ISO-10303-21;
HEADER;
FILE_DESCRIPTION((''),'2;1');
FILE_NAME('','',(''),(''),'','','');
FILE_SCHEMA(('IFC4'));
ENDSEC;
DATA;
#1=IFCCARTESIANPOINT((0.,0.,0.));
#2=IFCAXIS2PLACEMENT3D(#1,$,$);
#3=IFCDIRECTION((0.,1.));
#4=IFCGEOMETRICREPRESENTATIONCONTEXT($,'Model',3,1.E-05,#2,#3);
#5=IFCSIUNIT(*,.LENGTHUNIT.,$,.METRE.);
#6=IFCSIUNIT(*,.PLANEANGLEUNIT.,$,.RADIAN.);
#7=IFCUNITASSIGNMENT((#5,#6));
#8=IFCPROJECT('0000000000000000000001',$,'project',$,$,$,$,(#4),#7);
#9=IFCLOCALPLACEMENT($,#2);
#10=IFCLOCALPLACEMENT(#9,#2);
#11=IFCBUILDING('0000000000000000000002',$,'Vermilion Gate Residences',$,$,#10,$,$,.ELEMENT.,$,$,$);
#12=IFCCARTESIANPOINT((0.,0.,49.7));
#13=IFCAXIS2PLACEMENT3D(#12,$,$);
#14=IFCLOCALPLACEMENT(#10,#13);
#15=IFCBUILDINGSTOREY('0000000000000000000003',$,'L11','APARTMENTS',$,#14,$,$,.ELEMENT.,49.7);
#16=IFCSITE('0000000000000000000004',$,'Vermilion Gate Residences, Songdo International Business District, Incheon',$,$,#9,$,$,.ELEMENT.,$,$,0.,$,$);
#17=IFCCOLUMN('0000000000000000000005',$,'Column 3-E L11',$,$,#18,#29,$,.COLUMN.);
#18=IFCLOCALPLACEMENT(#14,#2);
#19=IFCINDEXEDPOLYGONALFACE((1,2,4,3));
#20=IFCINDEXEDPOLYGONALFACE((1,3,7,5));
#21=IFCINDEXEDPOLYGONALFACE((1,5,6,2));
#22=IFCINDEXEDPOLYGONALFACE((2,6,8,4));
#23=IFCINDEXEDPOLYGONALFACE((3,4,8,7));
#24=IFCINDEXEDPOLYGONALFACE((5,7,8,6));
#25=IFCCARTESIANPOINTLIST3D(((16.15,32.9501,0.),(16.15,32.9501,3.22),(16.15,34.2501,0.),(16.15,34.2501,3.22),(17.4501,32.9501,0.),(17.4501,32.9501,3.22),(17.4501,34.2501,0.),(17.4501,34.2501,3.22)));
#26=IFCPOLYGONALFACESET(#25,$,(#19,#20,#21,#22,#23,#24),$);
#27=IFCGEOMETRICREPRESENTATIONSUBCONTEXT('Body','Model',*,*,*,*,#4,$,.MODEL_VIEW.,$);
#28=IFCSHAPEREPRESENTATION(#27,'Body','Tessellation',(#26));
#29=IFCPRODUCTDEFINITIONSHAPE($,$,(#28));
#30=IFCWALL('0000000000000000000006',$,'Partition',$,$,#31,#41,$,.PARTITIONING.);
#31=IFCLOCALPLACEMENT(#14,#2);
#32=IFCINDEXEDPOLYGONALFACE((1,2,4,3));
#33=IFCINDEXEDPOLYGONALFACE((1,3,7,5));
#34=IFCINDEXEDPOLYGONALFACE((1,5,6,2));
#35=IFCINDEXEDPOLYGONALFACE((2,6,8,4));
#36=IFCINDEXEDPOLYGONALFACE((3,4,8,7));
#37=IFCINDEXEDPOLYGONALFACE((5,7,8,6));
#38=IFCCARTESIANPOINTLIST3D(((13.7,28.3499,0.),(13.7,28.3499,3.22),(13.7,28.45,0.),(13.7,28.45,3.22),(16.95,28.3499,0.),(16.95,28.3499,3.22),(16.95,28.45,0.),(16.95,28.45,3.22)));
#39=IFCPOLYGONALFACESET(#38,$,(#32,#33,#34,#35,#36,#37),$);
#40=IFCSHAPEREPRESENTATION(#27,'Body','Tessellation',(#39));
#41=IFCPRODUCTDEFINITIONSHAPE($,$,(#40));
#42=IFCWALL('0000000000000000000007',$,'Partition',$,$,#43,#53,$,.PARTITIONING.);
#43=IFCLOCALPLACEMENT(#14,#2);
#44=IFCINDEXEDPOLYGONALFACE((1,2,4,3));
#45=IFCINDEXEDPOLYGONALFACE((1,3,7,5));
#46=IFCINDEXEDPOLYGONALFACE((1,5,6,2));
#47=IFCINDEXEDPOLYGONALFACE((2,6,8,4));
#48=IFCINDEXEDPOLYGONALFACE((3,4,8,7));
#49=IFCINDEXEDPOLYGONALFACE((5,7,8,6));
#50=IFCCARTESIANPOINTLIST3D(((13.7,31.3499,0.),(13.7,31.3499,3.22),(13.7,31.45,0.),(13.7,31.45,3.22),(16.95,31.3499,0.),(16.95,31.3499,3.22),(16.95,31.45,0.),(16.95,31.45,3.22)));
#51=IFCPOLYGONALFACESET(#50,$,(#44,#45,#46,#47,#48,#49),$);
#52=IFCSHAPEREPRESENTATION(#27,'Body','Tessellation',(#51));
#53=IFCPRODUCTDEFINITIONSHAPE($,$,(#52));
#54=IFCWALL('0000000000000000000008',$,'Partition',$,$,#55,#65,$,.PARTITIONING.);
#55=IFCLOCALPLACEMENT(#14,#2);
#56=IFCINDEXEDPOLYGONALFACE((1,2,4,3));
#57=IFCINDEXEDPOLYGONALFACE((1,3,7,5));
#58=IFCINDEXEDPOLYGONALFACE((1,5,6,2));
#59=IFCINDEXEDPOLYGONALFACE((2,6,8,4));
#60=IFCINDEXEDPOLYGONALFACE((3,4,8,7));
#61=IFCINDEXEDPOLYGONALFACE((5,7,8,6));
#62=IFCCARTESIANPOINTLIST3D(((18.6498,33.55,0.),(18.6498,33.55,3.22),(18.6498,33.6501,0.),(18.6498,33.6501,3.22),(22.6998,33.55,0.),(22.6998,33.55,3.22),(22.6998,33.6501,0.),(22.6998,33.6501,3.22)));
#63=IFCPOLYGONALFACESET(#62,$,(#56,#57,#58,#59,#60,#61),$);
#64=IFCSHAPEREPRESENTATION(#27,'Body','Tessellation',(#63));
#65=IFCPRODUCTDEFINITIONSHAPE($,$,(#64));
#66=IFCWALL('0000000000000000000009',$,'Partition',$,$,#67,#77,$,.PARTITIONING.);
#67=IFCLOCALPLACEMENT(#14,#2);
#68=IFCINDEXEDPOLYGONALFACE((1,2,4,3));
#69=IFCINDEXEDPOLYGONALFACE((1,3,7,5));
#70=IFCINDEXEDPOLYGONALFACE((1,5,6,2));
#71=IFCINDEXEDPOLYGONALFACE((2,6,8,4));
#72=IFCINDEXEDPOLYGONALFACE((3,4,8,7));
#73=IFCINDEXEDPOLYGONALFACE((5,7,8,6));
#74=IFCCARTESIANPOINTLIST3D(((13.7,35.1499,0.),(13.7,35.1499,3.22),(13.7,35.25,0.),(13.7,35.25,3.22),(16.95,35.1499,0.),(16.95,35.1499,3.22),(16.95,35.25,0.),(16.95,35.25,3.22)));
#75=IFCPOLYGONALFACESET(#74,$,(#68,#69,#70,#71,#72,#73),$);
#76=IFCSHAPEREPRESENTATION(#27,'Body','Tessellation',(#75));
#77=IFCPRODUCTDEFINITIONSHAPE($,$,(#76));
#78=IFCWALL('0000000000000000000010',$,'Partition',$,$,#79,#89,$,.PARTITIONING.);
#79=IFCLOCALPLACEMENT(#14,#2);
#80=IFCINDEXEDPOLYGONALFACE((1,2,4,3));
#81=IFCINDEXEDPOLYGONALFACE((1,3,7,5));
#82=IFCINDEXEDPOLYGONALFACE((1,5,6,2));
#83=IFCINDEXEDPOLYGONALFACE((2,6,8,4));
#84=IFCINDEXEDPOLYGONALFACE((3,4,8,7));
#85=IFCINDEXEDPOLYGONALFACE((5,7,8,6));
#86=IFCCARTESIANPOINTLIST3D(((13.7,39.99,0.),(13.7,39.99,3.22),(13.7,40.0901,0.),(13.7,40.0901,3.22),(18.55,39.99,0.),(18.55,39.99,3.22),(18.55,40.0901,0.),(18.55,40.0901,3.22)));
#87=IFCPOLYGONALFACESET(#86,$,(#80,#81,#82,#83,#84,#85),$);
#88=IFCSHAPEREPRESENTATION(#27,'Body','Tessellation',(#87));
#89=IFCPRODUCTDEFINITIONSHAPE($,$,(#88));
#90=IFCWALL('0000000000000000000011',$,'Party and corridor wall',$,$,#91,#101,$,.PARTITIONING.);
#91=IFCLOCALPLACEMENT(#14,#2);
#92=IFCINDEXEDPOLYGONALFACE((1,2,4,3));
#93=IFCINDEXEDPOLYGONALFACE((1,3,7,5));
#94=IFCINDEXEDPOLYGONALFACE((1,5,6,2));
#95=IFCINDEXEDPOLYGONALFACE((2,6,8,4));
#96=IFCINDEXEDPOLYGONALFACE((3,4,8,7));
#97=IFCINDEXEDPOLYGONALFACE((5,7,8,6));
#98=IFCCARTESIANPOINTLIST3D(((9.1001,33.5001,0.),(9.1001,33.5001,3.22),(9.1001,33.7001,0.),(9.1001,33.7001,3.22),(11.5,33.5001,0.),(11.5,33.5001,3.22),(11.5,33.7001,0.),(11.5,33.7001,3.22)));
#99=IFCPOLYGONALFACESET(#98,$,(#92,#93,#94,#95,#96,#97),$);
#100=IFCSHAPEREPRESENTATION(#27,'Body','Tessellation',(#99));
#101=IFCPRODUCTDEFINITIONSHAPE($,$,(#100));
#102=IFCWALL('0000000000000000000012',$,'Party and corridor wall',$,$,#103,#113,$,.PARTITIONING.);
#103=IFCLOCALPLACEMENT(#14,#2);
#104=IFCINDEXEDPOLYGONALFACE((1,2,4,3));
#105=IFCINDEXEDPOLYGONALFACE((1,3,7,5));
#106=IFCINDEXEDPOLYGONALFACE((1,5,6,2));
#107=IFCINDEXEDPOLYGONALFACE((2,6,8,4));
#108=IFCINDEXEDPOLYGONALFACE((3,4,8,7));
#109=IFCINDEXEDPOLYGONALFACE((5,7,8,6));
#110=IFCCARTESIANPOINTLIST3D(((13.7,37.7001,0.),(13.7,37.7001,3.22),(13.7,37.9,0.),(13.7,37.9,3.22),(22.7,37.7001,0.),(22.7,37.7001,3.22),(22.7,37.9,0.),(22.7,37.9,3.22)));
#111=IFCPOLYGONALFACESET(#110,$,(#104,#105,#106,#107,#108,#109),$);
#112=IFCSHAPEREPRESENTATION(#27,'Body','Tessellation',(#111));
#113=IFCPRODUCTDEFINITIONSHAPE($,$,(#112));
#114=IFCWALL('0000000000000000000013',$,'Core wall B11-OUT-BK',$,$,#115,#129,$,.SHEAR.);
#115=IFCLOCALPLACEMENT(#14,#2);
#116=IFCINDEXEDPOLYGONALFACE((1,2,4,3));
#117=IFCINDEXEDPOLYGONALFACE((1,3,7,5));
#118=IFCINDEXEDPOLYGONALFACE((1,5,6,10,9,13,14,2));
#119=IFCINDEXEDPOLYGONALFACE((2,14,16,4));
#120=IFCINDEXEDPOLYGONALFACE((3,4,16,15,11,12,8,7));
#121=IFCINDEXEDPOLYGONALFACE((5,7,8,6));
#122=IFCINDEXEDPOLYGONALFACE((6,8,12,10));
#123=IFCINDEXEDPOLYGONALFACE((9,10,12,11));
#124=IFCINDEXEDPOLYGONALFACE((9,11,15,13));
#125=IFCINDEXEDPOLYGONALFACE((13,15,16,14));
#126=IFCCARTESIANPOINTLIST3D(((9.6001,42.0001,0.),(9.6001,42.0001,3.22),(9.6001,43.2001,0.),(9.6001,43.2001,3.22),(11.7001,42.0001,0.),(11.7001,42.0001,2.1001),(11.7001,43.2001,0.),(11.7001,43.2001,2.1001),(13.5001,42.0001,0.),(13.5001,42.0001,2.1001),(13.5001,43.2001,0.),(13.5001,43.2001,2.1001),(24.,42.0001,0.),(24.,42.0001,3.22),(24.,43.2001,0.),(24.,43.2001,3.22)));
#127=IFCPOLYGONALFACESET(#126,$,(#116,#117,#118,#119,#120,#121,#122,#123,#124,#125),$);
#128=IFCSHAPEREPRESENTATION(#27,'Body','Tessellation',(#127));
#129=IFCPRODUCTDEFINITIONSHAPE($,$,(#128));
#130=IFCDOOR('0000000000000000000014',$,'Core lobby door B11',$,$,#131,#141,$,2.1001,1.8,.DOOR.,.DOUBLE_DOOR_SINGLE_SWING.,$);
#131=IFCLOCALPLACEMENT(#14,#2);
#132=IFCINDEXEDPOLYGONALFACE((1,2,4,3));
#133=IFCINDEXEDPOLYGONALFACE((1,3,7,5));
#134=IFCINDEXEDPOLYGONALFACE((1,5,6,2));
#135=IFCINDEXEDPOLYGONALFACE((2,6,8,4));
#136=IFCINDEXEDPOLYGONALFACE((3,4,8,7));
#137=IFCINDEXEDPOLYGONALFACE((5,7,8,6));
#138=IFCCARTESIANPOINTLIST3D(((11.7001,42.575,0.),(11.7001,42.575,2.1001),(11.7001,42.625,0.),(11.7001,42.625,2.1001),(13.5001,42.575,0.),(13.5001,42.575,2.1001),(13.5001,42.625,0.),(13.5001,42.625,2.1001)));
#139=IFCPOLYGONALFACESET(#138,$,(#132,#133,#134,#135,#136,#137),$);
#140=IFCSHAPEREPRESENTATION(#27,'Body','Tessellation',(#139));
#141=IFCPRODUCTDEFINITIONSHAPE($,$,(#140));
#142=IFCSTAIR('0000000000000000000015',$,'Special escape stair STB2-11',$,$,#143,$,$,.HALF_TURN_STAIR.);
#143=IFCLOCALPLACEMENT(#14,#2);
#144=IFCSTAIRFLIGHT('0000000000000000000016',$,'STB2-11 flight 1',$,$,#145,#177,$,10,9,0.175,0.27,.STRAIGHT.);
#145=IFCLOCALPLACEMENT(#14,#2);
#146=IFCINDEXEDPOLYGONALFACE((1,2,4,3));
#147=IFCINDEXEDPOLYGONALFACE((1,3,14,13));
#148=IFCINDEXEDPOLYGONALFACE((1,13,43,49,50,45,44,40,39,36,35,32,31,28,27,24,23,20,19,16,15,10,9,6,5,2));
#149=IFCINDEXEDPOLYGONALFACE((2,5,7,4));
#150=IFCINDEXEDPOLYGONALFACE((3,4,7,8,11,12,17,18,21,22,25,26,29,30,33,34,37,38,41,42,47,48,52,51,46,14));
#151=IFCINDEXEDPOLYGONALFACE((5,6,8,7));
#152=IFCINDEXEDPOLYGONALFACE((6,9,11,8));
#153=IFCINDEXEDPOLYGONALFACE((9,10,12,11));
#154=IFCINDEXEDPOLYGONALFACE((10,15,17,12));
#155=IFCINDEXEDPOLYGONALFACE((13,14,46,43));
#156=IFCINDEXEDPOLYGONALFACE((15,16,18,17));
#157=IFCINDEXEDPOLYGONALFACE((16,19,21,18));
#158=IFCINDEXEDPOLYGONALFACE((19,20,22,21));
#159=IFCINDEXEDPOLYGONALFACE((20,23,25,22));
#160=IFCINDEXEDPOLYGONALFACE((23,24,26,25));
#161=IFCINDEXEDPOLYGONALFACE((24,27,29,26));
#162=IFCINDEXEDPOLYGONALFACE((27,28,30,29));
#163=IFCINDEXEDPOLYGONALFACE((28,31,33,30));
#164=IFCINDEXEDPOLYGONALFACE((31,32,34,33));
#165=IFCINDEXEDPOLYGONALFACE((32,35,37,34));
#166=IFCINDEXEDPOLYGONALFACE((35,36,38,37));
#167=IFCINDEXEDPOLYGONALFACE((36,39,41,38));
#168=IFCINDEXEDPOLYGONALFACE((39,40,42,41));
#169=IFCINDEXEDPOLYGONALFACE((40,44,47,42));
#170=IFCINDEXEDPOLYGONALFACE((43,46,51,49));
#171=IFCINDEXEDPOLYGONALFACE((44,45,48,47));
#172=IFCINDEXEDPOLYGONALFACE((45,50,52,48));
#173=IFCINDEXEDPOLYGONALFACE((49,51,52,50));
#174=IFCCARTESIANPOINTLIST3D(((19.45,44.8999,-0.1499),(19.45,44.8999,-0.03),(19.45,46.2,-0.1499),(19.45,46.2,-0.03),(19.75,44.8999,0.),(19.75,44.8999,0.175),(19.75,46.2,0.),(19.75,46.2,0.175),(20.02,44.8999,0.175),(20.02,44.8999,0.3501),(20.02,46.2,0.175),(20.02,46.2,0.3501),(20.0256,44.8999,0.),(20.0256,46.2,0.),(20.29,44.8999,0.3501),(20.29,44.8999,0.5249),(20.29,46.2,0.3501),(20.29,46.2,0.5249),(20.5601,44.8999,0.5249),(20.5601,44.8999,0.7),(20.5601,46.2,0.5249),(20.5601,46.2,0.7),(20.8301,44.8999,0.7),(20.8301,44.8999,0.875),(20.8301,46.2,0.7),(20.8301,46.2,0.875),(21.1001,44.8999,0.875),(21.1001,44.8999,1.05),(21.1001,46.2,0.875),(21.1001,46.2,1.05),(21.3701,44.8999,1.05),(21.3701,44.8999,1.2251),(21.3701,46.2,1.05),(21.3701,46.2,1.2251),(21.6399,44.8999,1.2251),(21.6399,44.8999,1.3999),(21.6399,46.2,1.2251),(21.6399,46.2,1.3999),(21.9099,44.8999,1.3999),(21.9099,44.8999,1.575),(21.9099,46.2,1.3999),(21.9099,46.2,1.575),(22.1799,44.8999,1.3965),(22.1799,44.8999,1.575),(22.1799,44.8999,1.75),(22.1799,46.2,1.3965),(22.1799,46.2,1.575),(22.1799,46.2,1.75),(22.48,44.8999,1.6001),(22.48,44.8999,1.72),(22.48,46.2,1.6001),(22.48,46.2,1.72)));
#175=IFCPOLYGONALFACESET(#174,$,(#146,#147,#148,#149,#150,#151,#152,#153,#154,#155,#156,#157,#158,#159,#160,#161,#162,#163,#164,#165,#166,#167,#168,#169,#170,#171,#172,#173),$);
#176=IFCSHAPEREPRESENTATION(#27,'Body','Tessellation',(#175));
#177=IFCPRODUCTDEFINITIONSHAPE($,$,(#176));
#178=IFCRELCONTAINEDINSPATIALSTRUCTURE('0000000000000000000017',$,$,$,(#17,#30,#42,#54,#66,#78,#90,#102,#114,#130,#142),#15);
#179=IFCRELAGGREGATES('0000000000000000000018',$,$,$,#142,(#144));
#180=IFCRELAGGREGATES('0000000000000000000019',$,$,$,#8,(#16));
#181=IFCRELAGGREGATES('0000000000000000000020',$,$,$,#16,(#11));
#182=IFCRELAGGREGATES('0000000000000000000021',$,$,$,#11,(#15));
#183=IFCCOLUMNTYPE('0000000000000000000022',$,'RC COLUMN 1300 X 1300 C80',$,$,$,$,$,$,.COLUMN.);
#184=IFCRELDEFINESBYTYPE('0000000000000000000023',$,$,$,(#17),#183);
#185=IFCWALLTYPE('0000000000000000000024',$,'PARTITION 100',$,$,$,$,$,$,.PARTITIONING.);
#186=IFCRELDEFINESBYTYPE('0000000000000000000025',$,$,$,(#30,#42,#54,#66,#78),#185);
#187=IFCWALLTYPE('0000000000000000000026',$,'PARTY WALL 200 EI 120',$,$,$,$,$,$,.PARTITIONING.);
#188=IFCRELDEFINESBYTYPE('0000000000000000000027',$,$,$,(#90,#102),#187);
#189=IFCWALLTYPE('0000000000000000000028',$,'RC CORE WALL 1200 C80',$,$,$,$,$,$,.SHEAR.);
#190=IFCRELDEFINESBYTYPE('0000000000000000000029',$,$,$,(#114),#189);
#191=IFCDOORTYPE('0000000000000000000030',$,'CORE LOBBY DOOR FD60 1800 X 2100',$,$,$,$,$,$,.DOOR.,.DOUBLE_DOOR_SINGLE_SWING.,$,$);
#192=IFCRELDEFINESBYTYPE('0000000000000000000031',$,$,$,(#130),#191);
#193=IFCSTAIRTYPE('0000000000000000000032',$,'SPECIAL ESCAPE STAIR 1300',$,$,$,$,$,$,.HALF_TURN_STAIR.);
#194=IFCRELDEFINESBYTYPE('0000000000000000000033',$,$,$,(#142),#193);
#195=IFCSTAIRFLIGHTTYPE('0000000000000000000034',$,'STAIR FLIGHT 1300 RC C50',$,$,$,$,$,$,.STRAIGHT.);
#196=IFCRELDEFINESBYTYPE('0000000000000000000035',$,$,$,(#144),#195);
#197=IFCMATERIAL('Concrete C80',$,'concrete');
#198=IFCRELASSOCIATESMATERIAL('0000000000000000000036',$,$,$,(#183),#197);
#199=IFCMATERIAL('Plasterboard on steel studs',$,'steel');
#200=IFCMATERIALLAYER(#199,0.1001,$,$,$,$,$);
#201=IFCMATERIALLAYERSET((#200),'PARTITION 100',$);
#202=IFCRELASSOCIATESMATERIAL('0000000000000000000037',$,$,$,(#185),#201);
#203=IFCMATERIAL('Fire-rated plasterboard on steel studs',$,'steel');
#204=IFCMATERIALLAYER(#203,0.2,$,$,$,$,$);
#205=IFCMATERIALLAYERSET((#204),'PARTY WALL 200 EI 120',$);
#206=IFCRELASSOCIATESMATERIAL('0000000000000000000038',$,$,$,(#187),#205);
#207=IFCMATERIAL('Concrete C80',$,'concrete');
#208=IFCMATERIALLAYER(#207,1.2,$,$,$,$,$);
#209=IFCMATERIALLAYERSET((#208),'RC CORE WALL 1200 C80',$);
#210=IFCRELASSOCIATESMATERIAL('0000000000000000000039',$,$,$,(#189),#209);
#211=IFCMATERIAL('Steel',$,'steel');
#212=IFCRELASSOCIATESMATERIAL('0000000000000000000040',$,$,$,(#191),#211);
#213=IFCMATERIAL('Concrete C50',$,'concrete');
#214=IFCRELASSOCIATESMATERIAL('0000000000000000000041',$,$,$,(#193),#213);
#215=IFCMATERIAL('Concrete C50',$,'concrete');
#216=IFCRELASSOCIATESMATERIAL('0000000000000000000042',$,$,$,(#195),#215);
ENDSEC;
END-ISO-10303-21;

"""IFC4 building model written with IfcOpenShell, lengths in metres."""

from ifc_helpers import new_model, si_unit, direction, frame, frame_2d, origin, origin_2d, place, context, subcontext, project, spatial, polyline, rectangle, outline, extrude, material, layer, layer_set, material_profile, profile_set, type_object, element, fill, aggregate, save


model = new_model("IFC4")

# Units and contexts
model_context = context("Model", 3, precision=1e-05, world=origin(), true_north=direction((0.0, 1.0)))
body_context = subcontext(model_context, "Body", "Model", "MODEL_VIEW")
ifc_project = project(units=[si_unit("LENGTHUNIT", "METRE"), si_unit("PLANEANGLEUNIT", "RADIAN")], contexts=[model_context])

# Site, building, storey
site_placement = place(None, origin())
site = spatial("IfcSite", under=ifc_project, at=site_placement, Name="Vermilion Gate Residences, Songdo International Business District, Incheon", CompositionType="ELEMENT", RefElevation=0.0)
building_placement = place(site_placement, origin())
building = spatial("IfcBuilding", under=site, at=building_placement, Name="Vermilion Gate Residences", CompositionType="ELEMENT")
storey_placement = place(building_placement, frame((0.0, 0.0, 49.7)))
storey = spatial("IfcBuildingStorey", under=building, at=storey_placement, Name="L11", Description="APARTMENTS", CompositionType="ELEMENT", Elevation=49.7)

# Column
ifc_material_1 = material(Name="Concrete C80", Category="concrete")
ifc_material_profile = material_profile(ifc_material_1, rectangle(XDim=1.3, YDim=1.3, at=origin_2d()), Name="RC-1300x1300")
ifc_profile_set = profile_set([ifc_material_profile], Name="Concrete C80")
column_type = type_object("IfcColumnType", Name="RC COLUMN 1300 X 1300 C80", PredefinedType="COLUMN", material=ifc_profile_set)
column_placement = place(storey_placement, frame((16.8, 33.6001, 0.0), z_axis=(0.0, 0.0, 1.0), x_axis=(1.0, 0.0, 0.0)))
element("IfcColumn", 1, at=column_placement, inside=storey, type_object=column_type, Name="Column 3-E L11", PredefinedType="COLUMN", context=body_context, shape_type="SweptSolid", body=[
    extrude(rectangle(XDim=1.3, YDim=1.3, at=origin_2d()), origin(), (0.0, 0.0, 1.0), 3.22),
])

# Walls
ifc_material_2 = material(Name="Plasterboard on steel studs", Category="steel")
ifc_layer_1 = layer(ifc_material_2, 0.1001)
ifc_layer_set_1 = layer_set([ifc_layer_1], Name="PARTITION 100")
wall_type_1 = type_object("IfcWallType", Name="PARTITION 100", PredefinedType="PARTITIONING", material=ifc_layer_set_1)
for number, where, z_axis, x_axis, name in (
    (2, (13.7, 28.3999, 0.0), (0.0, 0.0, 1.0), (1.0, 0.0, 0.0), "Partition"),
    (3, (13.7, 31.3999, 0.0), (0.0, 0.0, 1.0), (1.0, 0.0, 0.0), "Partition"),
):
    element("IfcWall", number, at=place(storey_placement, frame(where, z_axis=z_axis, x_axis=x_axis)), inside=storey, type_object=wall_type_1, Name=name, PredefinedType="PARTITIONING", context=body_context, shape_type="SweptSolid", body=[
        extrude(rectangle(XDim=3.25, YDim=0.1001, at=frame_2d((1.625, 0.0))), origin(), (0.0, 0.0, 1.0), 3.22),
    ])
wall_1_placement = place(storey_placement, frame((18.6499, 33.6001, 0.0), z_axis=(0.0, 0.0, 1.0), x_axis=(1.0, 0.0, 0.0)))
element("IfcWall", 4, at=wall_1_placement, inside=storey, type_object=wall_type_1, Name="Partition", PredefinedType="PARTITIONING", context=body_context, shape_type="SweptSolid", body=[
    extrude(rectangle(XDim=4.05, YDim=0.1001, at=frame_2d((2.0249, 0.0))), origin(), (0.0, 0.0, 1.0), 3.22),
])
wall_2_placement = place(storey_placement, frame((13.7, 35.2, 0.0), z_axis=(0.0, 0.0, 1.0), x_axis=(1.0, 0.0, 0.0)))
element("IfcWall", 5, at=wall_2_placement, inside=storey, type_object=wall_type_1, Name="Partition", PredefinedType="PARTITIONING", context=body_context, shape_type="SweptSolid", body=[
    extrude(rectangle(XDim=3.25, YDim=0.1001, at=frame_2d((1.625, 0.0))), origin(), (0.0, 0.0, 1.0), 3.22),
])
wall_3_placement = place(storey_placement, frame((13.7, 40.04, 0.0), z_axis=(0.0, 0.0, 1.0), x_axis=(1.0, 0.0, 0.0)))
element("IfcWall", 6, at=wall_3_placement, inside=storey, type_object=wall_type_1, Name="Partition", PredefinedType="PARTITIONING", context=body_context, shape_type="SweptSolid", body=[
    extrude(rectangle(XDim=4.8501, YDim=0.1001, at=frame_2d((2.425, 0.0))), origin(), (0.0, 0.0, 1.0), 3.22),
])
ifc_material_3 = material(Name="Fire-rated plasterboard on steel studs", Category="steel")
ifc_layer_2 = layer(ifc_material_3, 0.2)
ifc_layer_set_2 = layer_set([ifc_layer_2], Name="PARTY WALL 200 EI 120")
wall_type_2 = type_object("IfcWallType", Name="PARTY WALL 200 EI 120", PredefinedType="PARTITIONING", material=ifc_layer_set_2)
wall_4_placement = place(storey_placement, frame((9.1001, 33.6001, 0.0), z_axis=(0.0, 0.0, 1.0), x_axis=(1.0, 0.0, 0.0)))
element("IfcWall", 7, at=wall_4_placement, inside=storey, type_object=wall_type_2, Name="Party and corridor wall", PredefinedType="PARTITIONING", context=body_context, shape_type="SweptSolid", body=[
    extrude(rectangle(XDim=2.3999, YDim=0.2, at=frame_2d((1.2, 0.0))), origin(), (0.0, 0.0, 1.0), 3.22),
])
wall_5_placement = place(storey_placement, frame((13.7, 37.8, 0.0), z_axis=(0.0, 0.0, 1.0), x_axis=(1.0, 0.0, 0.0)))
element("IfcWall", 8, at=wall_5_placement, inside=storey, type_object=wall_type_2, Name="Party and corridor wall", PredefinedType="PARTITIONING", context=body_context, shape_type="SweptSolid", body=[
    extrude(rectangle(XDim=9.0, YDim=0.2, at=frame_2d((4.5, 0.0))), origin(), (0.0, 0.0, 1.0), 3.22),
])

# Wall, opening, door
ifc_material_4 = material(Name="Concrete C80", Category="concrete")
ifc_layer_3 = layer(ifc_material_4, 1.2)
ifc_layer_set_3 = layer_set([ifc_layer_3], Name="RC CORE WALL 1200 C80")
wall_type_3 = type_object("IfcWallType", Name="RC CORE WALL 1200 C80", PredefinedType="SHEAR", material=ifc_layer_set_3)
wall_6_placement = place(storey_placement, frame((9.6001, 42.6001, 0.0), z_axis=(0.0, 0.0, 1.0), x_axis=(1.0, 0.0, 0.0)))
wall_6 = element("IfcWall", 9, at=wall_6_placement, inside=storey, type_object=wall_type_3, Name="Core wall B11-OUT-BK", PredefinedType="SHEAR", context=body_context, shape_type="SweptSolid", body=[
    extrude(rectangle(XDim=14.3999, YDim=1.2, at=frame_2d((7.2, 0.0))), origin(), (0.0, 0.0, 1.0), 3.22),
])
opening_placement = place(wall_6_placement, frame((2.1001, 0.0, 0.0)))
opening = element("IfcOpeningElement", 10, at=opening_placement, cuts=wall_6, PredefinedType="OPENING", context=body_context, shape_type="SweptSolid", body=[
    extrude(rectangle(XDim=1.8, YDim=2.1001, at=frame_2d((0.8999, 1.05))), frame((0.0, 0.6099, 0.0), z_axis=(0.0, -1.0, 0.0), x_axis=(1.0, 0.0, 0.0)), (0.0, 0.0, 1.0), 1.22),
])
ifc_material_5 = material(Name="Steel", Category="steel")
door_type = type_object("IfcDoorType", Name="CORE LOBBY DOOR FD60 1800 X 2100", OperationType="DOUBLE_DOOR_SINGLE_SWING", PredefinedType="DOOR", material=ifc_material_5)
door_placement = place(opening_placement, origin())
door = element("IfcDoor", 11, at=door_placement, inside=storey, type_object=door_type, Name="Core lobby door B11", OperationType="DOUBLE_DOOR_SINGLE_SWING", OverallHeight=2.1001, OverallWidth=1.8, PredefinedType="DOOR", context=body_context, shape_type="SweptSolid", body=[
    extrude(rectangle(XDim=1.8, YDim=2.1001, at=frame_2d((0.8999, 1.05))), frame((0.0, 0.0249, 0.0), z_axis=(0.0, -1.0, 0.0), x_axis=(1.0, 0.0, 0.0)), (0.0, 0.0, 1.0), 0.05),
])
fill(opening, door)

# Stair, stair flight
ifc_material_6 = material(Name="Concrete C50", Category="concrete")
stair_type = type_object("IfcStairType", Name="SPECIAL ESCAPE STAIR 1300", PredefinedType="HALF_TURN_STAIR", material=ifc_material_6)
stair_placement = place(storey_placement, origin())
stair = element("IfcStair", 12, at=stair_placement, inside=storey, type_object=stair_type, Name="Special escape stair STB2-11", PredefinedType="HALF_TURN_STAIR")
ifc_material_7 = material(Name="Concrete C50", Category="concrete")
stair_flight_type = type_object("IfcStairFlightType", Name="STAIR FLIGHT 1300 RC C50", PredefinedType="STRAIGHT", material=ifc_material_7)
stair_flight_placement = place(storey_placement, frame((19.75, 45.55, 0.0), z_axis=(0.0, 0.0, 1.0), x_axis=(1.0, 0.0, 0.0)))
stair_flight = element("IfcStairFlight", 13, at=stair_flight_placement, type_object=stair_flight_type, Name="STB2-11 flight 1", NumberOfRisers=10, NumberOfTreads=9, PredefinedType="STRAIGHT", RiserHeight=0.175, TreadLength=0.27, context=body_context, shape_type="SweptSolid", body=[
    extrude(outline(polyline([(-0.3, -0.1499), (-0.3, -0.03), (0.0, 0.0), (0.0, 0.175), (0.27, 0.175), (0.27, 0.3501), (0.54, 0.3501), (0.54, 0.5249), (0.8101, 0.5249), (0.8101, 0.7), (1.0801, 0.7), (1.0801, 0.875), (1.3501, 0.875), (1.3501, 1.05), (1.6201, 1.05), (1.6201, 1.2251), (1.8899, 1.2251), (1.8899, 1.3999), (2.1599, 1.3999), (2.1599, 1.575), (2.4299, 1.575), (2.4299, 1.75), (2.73, 1.72), (2.73, 1.6001), (2.4299, 1.3965), (0.2756, 0.0), (-0.3, -0.1499)])), frame((0.0, 0.6499, 0.0), z_axis=(0.0, -1.0, 0.0), x_axis=(1.0, 0.0, 0.0)), (0.0, 0.0, 1.0), 1.3),
])
aggregate(stair, [stair_flight])

save(model, "model.ifc")
